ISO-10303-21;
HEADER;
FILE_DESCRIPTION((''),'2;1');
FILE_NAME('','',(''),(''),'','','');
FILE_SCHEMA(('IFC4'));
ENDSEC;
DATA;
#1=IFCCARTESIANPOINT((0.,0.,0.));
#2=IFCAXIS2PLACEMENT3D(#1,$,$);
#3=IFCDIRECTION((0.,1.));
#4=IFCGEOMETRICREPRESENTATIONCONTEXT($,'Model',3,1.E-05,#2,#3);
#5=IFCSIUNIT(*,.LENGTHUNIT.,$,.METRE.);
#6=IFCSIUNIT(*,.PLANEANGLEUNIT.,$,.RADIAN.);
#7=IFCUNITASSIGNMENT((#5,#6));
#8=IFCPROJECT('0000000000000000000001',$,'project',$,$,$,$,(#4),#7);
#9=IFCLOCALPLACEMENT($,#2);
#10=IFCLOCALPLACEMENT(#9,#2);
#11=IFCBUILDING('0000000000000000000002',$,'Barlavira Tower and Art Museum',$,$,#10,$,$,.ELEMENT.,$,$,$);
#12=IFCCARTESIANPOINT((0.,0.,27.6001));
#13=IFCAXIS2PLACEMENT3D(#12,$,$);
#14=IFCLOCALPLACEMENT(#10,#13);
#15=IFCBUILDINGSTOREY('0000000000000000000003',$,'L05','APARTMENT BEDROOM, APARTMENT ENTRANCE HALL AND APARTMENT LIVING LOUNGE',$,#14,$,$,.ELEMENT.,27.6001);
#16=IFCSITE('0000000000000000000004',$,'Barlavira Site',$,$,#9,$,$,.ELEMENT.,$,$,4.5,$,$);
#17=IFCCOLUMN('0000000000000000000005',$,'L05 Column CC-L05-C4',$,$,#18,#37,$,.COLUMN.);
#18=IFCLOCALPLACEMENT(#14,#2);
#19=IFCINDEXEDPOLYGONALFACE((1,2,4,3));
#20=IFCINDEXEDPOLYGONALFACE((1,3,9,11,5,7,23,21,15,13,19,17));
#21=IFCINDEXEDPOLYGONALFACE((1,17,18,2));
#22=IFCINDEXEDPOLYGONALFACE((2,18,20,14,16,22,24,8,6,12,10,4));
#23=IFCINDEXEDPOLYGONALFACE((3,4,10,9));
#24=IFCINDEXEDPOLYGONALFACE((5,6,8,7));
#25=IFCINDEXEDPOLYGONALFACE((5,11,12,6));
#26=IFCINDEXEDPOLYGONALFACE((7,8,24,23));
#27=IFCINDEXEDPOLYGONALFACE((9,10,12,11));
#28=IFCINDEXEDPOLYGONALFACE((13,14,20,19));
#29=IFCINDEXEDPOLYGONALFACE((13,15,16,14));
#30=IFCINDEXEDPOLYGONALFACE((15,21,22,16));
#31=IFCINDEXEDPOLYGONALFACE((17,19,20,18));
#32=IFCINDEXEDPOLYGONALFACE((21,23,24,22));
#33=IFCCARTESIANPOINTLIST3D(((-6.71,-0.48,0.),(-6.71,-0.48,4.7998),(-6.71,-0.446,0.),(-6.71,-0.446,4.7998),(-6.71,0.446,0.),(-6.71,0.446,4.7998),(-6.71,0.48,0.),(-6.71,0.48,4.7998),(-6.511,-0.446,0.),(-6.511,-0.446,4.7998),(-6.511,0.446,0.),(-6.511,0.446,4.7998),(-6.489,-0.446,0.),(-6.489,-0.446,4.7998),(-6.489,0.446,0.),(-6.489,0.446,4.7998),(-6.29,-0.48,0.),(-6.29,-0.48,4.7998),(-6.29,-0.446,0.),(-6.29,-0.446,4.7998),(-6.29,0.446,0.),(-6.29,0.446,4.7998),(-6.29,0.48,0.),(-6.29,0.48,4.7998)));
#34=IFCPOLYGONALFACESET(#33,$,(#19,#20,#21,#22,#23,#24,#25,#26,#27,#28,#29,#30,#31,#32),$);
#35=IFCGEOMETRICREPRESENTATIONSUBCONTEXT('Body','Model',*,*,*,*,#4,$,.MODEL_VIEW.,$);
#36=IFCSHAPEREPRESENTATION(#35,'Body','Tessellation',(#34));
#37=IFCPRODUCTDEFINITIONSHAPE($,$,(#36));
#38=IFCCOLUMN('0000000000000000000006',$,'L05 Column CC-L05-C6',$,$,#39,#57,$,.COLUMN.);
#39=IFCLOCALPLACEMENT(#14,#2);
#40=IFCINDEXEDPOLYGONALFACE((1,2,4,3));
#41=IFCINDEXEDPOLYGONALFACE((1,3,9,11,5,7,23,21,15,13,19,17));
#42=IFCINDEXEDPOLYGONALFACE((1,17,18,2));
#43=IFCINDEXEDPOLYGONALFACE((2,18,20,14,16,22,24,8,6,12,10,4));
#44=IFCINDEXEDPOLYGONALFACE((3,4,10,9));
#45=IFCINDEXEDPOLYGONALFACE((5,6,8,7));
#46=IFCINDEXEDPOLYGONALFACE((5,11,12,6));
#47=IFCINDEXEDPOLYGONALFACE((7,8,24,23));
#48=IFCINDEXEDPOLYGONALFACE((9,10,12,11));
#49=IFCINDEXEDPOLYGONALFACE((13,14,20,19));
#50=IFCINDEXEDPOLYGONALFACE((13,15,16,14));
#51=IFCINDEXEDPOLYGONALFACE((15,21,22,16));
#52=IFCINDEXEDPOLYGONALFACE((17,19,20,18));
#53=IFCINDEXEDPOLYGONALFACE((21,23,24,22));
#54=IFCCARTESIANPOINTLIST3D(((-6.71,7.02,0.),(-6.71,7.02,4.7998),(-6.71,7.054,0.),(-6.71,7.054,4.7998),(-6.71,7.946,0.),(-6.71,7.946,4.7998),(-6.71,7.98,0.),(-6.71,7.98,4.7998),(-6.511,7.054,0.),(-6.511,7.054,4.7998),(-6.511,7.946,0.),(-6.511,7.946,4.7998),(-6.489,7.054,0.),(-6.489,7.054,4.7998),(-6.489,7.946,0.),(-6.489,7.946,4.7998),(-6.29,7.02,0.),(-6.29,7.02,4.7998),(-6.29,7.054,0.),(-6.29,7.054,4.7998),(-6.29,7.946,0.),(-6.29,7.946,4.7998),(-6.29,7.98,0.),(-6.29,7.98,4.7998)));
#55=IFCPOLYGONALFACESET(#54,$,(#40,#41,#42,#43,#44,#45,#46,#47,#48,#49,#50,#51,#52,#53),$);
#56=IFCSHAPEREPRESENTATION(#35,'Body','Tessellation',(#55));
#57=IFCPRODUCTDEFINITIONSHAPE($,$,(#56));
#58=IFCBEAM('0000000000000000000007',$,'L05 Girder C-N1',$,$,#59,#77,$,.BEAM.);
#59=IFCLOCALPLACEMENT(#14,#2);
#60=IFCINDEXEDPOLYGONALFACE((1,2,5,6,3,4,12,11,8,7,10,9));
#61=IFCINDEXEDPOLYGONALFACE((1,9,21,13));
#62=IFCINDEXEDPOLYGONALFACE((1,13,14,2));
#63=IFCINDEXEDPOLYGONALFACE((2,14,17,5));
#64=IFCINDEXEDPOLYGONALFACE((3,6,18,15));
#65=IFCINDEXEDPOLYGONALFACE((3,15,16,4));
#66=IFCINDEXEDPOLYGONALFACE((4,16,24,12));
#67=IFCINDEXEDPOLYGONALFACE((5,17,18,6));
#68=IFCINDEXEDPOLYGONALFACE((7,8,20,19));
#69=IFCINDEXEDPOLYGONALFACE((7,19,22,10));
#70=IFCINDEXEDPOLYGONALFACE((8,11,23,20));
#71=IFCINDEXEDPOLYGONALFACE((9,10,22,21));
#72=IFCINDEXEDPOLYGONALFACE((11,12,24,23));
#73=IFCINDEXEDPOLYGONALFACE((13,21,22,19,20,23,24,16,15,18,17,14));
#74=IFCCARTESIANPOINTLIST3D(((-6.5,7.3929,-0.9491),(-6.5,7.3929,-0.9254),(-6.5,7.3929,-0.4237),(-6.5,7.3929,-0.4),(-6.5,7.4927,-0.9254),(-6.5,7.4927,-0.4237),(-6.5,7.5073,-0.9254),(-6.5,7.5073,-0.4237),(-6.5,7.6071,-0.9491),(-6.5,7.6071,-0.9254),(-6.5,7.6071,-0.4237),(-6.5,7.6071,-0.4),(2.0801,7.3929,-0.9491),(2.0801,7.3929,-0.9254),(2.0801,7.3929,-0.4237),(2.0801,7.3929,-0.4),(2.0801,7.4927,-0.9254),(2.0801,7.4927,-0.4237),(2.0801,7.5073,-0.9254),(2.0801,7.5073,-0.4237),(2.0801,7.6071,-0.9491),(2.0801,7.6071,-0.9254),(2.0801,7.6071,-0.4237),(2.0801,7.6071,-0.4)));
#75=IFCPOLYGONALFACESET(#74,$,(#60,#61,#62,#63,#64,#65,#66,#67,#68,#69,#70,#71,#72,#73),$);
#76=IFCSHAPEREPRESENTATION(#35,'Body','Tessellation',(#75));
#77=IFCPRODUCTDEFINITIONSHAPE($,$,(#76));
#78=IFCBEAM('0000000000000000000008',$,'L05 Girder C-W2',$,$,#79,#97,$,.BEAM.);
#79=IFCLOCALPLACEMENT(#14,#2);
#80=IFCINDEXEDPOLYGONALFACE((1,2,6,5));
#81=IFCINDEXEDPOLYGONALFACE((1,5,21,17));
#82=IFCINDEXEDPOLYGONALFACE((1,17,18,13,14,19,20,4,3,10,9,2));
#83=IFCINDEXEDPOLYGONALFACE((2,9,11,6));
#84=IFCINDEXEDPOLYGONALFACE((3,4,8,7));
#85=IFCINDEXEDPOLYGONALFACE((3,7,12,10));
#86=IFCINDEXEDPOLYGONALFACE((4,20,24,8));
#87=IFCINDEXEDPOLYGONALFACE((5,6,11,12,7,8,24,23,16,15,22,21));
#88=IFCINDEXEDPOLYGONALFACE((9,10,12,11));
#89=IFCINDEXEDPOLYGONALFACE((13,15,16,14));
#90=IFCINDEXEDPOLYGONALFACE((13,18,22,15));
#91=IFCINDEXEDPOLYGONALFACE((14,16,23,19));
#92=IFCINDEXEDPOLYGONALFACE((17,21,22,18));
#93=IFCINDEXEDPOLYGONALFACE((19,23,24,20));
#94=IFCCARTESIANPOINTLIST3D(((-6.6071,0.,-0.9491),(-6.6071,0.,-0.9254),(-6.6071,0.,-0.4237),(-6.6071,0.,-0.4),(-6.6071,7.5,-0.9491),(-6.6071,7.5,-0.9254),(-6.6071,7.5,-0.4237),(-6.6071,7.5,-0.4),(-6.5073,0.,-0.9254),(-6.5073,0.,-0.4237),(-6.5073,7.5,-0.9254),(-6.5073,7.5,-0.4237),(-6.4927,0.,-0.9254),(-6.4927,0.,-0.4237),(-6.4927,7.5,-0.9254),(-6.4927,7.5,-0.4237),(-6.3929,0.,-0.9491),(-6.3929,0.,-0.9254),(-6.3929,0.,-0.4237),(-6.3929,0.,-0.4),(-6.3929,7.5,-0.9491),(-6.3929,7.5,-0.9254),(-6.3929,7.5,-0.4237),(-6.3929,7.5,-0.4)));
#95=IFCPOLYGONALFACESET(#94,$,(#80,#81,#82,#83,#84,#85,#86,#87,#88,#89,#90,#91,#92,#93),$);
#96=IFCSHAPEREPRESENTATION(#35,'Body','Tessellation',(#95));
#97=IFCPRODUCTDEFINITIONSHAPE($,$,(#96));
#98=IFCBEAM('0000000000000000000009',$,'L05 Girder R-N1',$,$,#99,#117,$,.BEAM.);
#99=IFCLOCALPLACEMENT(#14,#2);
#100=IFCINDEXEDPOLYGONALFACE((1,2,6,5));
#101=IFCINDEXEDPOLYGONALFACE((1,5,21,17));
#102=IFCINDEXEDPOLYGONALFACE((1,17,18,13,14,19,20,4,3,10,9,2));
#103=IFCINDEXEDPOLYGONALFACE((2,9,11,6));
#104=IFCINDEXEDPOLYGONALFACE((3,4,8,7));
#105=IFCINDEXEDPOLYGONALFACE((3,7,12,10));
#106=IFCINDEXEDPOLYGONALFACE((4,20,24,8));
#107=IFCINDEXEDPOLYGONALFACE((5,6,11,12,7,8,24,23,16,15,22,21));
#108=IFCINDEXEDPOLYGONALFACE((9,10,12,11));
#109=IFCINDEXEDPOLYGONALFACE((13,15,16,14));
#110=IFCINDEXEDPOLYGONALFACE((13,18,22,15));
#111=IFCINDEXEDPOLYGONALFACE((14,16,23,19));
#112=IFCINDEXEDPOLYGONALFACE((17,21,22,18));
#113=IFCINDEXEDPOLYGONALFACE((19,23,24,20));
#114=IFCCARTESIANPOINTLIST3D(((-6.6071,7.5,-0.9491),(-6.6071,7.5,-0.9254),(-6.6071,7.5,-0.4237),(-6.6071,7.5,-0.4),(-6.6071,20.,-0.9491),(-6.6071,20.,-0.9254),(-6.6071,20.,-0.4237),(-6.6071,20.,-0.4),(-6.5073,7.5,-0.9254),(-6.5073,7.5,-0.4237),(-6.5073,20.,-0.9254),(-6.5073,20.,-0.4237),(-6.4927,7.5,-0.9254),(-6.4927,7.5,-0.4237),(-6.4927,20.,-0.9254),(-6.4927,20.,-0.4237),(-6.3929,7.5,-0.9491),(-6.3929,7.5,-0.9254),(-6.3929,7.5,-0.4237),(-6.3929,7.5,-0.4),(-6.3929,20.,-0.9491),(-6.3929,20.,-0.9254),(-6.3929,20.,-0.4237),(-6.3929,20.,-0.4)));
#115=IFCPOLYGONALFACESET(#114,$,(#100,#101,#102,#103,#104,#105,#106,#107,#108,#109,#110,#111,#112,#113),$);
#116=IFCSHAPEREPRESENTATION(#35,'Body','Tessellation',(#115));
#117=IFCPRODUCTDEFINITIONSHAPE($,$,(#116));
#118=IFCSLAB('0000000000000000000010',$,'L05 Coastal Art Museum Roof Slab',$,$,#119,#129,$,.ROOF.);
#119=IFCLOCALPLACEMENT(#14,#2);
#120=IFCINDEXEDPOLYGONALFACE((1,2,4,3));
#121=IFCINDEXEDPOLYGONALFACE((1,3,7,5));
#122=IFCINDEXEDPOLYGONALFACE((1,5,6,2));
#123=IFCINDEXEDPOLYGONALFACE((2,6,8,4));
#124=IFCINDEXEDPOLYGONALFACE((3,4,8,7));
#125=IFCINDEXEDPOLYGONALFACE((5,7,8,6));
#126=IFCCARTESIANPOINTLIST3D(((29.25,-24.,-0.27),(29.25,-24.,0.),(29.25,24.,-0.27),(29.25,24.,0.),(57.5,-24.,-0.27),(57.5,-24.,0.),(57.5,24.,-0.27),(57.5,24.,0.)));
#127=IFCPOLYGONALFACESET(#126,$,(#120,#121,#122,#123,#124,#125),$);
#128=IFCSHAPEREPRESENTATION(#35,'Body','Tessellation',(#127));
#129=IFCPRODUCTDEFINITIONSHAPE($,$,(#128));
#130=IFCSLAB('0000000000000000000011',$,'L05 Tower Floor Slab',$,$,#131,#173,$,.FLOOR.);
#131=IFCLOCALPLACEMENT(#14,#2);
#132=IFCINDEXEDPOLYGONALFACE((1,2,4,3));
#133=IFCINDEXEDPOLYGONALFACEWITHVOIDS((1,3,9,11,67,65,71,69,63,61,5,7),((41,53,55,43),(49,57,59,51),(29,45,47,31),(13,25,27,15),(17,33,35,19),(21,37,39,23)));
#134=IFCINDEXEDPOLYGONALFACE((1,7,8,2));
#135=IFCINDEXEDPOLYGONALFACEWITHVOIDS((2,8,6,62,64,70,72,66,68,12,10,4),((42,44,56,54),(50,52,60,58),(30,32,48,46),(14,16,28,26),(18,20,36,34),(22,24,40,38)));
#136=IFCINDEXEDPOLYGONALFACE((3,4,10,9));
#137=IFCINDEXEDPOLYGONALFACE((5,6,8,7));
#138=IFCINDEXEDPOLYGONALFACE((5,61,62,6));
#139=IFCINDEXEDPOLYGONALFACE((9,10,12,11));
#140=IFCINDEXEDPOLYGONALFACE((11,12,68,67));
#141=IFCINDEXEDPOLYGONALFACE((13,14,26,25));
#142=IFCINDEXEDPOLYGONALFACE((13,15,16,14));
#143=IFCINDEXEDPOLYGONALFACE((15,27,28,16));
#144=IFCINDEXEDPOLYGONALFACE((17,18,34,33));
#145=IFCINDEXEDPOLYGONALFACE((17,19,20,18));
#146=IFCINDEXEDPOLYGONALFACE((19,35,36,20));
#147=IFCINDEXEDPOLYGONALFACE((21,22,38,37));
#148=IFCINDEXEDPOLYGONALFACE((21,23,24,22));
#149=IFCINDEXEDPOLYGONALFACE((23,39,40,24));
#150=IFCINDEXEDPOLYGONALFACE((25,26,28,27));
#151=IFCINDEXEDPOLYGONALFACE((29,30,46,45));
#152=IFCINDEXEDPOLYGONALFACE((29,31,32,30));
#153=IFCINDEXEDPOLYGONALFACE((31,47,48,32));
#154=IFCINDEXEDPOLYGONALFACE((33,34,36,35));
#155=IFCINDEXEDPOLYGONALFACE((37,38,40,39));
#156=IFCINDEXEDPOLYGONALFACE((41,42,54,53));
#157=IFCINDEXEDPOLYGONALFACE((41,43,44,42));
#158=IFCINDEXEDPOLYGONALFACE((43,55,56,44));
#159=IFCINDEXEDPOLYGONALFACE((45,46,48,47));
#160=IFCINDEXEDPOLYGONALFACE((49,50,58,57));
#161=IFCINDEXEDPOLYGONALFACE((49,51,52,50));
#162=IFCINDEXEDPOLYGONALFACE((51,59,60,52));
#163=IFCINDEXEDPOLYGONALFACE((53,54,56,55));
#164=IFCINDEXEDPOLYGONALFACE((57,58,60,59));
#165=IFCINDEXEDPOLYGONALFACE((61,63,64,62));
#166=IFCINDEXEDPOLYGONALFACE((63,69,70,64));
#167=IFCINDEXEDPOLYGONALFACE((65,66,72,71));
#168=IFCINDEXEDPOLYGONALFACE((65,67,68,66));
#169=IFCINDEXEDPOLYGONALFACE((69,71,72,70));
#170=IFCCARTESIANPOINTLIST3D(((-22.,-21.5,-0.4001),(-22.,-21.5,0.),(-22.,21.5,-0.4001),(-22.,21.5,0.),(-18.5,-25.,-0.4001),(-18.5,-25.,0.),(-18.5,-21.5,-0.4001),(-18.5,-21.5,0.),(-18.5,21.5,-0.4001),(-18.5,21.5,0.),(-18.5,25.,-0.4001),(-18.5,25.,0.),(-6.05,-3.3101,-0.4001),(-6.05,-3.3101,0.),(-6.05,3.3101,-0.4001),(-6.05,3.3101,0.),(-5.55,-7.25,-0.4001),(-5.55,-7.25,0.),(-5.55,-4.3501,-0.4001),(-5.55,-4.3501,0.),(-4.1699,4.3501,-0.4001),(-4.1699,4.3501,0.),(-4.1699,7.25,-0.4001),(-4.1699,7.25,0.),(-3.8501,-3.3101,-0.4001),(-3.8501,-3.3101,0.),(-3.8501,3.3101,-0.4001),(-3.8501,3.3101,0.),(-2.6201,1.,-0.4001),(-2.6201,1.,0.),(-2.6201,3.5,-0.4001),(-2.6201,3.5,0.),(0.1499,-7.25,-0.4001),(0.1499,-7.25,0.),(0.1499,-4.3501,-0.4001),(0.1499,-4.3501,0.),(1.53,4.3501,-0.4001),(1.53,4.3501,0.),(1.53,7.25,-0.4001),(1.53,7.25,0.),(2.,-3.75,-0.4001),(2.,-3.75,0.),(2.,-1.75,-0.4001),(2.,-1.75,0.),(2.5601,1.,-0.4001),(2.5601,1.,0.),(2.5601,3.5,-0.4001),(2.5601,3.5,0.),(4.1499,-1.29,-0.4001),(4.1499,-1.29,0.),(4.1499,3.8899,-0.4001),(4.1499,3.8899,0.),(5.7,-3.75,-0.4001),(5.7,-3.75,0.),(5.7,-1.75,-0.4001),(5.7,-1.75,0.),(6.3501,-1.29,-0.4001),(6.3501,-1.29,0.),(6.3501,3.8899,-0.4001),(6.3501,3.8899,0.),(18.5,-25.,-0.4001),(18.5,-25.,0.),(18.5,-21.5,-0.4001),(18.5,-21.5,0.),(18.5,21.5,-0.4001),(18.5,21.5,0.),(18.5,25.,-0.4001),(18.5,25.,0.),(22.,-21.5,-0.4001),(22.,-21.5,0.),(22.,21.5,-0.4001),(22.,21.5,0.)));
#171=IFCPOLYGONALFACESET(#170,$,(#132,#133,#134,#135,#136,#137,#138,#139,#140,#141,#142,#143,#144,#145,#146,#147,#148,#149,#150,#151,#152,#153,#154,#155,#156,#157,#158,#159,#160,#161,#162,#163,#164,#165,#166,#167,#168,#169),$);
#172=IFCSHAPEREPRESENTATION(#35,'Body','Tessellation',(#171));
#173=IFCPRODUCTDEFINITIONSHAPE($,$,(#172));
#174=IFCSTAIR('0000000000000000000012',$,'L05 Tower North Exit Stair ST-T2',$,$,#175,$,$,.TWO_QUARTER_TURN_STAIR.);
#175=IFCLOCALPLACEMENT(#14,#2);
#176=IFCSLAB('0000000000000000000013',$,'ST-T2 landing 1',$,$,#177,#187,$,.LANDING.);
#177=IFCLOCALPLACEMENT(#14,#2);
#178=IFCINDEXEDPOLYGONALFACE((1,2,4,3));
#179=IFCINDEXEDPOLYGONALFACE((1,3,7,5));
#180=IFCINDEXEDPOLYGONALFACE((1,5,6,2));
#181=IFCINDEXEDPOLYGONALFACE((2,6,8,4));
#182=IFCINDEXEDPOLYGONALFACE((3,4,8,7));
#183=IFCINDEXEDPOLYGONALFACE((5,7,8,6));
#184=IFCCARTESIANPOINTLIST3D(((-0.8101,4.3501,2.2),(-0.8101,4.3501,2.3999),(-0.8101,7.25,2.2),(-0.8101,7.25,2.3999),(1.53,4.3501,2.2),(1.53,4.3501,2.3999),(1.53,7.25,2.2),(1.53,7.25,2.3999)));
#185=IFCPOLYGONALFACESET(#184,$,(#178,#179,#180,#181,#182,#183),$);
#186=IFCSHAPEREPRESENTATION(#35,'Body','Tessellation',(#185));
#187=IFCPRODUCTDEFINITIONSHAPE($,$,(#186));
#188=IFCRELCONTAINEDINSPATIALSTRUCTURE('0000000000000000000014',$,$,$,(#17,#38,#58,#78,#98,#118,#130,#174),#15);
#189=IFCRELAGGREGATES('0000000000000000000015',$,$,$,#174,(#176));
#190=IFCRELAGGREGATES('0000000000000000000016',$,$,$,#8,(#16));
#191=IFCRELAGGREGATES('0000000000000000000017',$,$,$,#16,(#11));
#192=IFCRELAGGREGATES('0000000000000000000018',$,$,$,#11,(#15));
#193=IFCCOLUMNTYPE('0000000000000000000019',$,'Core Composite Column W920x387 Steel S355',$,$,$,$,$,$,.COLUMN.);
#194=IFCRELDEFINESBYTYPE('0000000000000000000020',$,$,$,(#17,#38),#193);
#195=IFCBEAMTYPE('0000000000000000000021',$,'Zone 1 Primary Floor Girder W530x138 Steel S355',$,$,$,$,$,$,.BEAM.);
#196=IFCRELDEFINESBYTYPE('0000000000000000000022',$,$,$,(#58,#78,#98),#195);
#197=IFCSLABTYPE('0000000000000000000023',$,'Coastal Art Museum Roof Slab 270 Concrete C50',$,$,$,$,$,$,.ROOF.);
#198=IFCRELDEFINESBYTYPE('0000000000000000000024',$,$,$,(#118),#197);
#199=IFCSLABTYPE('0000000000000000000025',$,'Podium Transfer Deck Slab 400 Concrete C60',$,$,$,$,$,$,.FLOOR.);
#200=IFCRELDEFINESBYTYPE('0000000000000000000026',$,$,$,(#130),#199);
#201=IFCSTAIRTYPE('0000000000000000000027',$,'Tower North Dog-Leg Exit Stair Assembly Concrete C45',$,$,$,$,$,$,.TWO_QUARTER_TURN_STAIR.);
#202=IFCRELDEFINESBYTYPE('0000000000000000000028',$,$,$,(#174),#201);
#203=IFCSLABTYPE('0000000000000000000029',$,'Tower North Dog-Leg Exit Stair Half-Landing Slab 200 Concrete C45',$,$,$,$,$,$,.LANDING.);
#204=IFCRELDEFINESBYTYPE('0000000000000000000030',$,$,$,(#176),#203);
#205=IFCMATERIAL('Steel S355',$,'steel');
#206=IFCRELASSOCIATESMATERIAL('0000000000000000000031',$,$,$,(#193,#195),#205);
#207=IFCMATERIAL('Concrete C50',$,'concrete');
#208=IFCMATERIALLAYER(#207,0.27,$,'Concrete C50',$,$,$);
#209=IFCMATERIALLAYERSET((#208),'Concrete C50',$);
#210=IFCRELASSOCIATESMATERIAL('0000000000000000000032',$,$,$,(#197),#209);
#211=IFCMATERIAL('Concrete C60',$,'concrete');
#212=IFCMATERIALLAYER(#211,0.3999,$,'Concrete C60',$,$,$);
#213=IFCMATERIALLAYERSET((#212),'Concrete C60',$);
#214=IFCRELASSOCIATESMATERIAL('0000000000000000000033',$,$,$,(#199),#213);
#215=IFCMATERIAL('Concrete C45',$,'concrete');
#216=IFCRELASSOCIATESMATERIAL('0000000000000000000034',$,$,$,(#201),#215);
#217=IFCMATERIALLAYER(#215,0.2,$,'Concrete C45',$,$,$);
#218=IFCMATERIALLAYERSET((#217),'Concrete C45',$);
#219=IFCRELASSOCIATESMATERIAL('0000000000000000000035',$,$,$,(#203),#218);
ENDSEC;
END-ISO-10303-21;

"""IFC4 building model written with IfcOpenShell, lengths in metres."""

from ifc_helpers import new_model, si_unit, direction, frame, origin, origin_2d, place, context, subcontext, project, spatial, polyline, i_section, outline, extrude, material, layer, layer_set, material_profile, profile_set, type_object, element, aggregate, save


model = new_model("IFC4")

# Units and contexts
model_context = context("Model", 3, precision=1e-05, world=origin(), true_north=direction((0.0, 1.0)))
body_context = subcontext(model_context, "Body", "Model", "MODEL_VIEW")
ifc_project = project(units=[si_unit("LENGTHUNIT", "METRE"), si_unit("PLANEANGLEUNIT", "RADIAN")], contexts=[model_context])

# Site, building, storey
site_placement = place(None, origin())
site = spatial("IfcSite", under=ifc_project, at=site_placement, Name="Barlavira Site", CompositionType="ELEMENT", RefElevation=4.5)
building_placement = place(site_placement, origin())
building = spatial("IfcBuilding", under=site, at=building_placement, Name="Barlavira Tower and Art Museum", CompositionType="ELEMENT")
storey_placement = place(building_placement, frame((0.0, 0.0, 27.6001)))
storey = spatial("IfcBuildingStorey", under=building, at=storey_placement, Name="L05", Description="APARTMENT BEDROOM, APARTMENT ENTRANCE HALL AND APARTMENT LIVING LOUNGE", CompositionType="ELEMENT", Elevation=27.6001)

# Columns
ifc_material_1 = material(Name="Steel S355", Category="steel")
ifc_material_profile_1 = material_profile(ifc_material_1, i_section(OverallWidth=0.4199, OverallDepth=0.96, WebThickness=0.022, FlangeThickness=0.0339, at=origin_2d()), Name="W920x387.0")
ifc_profile_set_1 = profile_set([ifc_material_profile_1], Name="Steel S355")
column_type = type_object("IfcColumnType", Name="Core Composite Column W920x387 Steel S355", PredefinedType="COLUMN", material=ifc_profile_set_1)
for number, where, z_axis, x_axis, name in (
    (1, (-6.5, 0.0, 0.0), (0.0, 0.0, 1.0), (1.0, 0.0, 0.0), "L05 Column CC-L05-C4"),
    (2, (-6.5, 7.5, 0.0), (0.0, 0.0, 1.0), (1.0, 0.0, 0.0), "L05 Column CC-L05-C6"),
):
    element("IfcColumn", number, at=place(storey_placement, frame(where, z_axis=z_axis, x_axis=x_axis)), inside=storey, type_object=column_type, Name=name, PredefinedType="COLUMN", context=body_context, shape_type="SweptSolid", body=[
        extrude(i_section(OverallWidth=0.4199, OverallDepth=0.96, WebThickness=0.022, FlangeThickness=0.0339, at=origin_2d()), origin(), (0.0, 0.0, 1.0), 4.7998),
    ])

# Beams
ifc_material_profile_2 = material_profile(ifc_material_1, i_section(OverallWidth=0.2141, OverallDepth=0.5491, WebThickness=0.0146, FlangeThickness=0.0237, at=origin_2d()), Name="W530x138.0")
ifc_profile_set_2 = profile_set([ifc_material_profile_2], Name="Steel S355")
beam_type = type_object("IfcBeamType", Name="Zone 1 Primary Floor Girder W530x138 Steel S355", PredefinedType="BEAM", material=ifc_profile_set_2)
beam_1_placement = place(storey_placement, frame((-6.5, 7.5, -0.6746), z_axis=(1.0, 0.0, 0.0), x_axis=(0.0, 1.0, 0.0)))
element("IfcBeam", 3, at=beam_1_placement, inside=storey, type_object=beam_type, Name="L05 Girder C-N1", PredefinedType="BEAM", context=body_context, shape_type="SweptSolid", body=[
    extrude(i_section(OverallWidth=0.2141, OverallDepth=0.5491, WebThickness=0.0146, FlangeThickness=0.0237, at=origin_2d()), origin(), (0.0, 0.0, 1.0), 8.5801),
])
beam_2_placement = place(storey_placement, frame((-6.5, 0.0, -0.6746), z_axis=(0.0, 1.0, 0.0), x_axis=(-1.0, 0.0, 0.0)))
element("IfcBeam", 4, at=beam_2_placement, inside=storey, type_object=beam_type, Name="L05 Girder C-W2", PredefinedType="BEAM", context=body_context, shape_type="SweptSolid", body=[
    extrude(i_section(OverallWidth=0.2141, OverallDepth=0.5491, WebThickness=0.0146, FlangeThickness=0.0237, at=origin_2d()), origin(), (0.0, 0.0, 1.0), 7.5),
])
beam_3_placement = place(storey_placement, frame((-6.5, 7.5, -0.6746), z_axis=(0.0, 1.0, 0.0), x_axis=(-1.0, 0.0, 0.0)))
element("IfcBeam", 5, at=beam_3_placement, inside=storey, type_object=beam_type, Name="L05 Girder R-N1", PredefinedType="BEAM", context=body_context, shape_type="SweptSolid", body=[
    extrude(i_section(OverallWidth=0.2141, OverallDepth=0.5491, WebThickness=0.0146, FlangeThickness=0.0237, at=origin_2d()), origin(), (0.0, 0.0, 1.0), 12.5),
])

# Slabs
ifc_material_2 = material(Name="Concrete C50", Category="concrete")
ifc_layer_1 = layer(ifc_material_2, 0.27, Name="Concrete C50")
ifc_layer_set_1 = layer_set([ifc_layer_1], Name="Concrete C50")
slab_type_1 = type_object("IfcSlabType", Name="Coastal Art Museum Roof Slab 270 Concrete C50", PredefinedType="ROOF", material=ifc_layer_set_1)
slab_1_placement = place(storey_placement, frame((0.0, 0.0, -0.27)))
element("IfcSlab", 6, at=slab_1_placement, inside=storey, type_object=slab_type_1, Name="L05 Coastal Art Museum Roof Slab", PredefinedType="ROOF", context=body_context, shape_type="SweptSolid", body=[
    extrude(outline(polyline([(29.25, -24.0), (57.5, -24.0), (57.5, 24.0), (29.25, 24.0), (29.25, -24.0)])), origin(), (0.0, 0.0, 1.0), 0.27),
])
ifc_material_3 = material(Name="Concrete C60", Category="concrete")
ifc_layer_2 = layer(ifc_material_3, 0.3999, Name="Concrete C60")
ifc_layer_set_2 = layer_set([ifc_layer_2], Name="Concrete C60")
slab_type_2 = type_object("IfcSlabType", Name="Podium Transfer Deck Slab 400 Concrete C60", PredefinedType="FLOOR", material=ifc_layer_set_2)
slab_2_placement = place(storey_placement, frame((0.0, 0.0, -0.4001)))
element("IfcSlab", 7, at=slab_2_placement, inside=storey, type_object=slab_type_2, Name="L05 Tower Floor Slab", PredefinedType="FLOOR", context=body_context, shape_type="SweptSolid", body=[
    extrude(outline(polyline([(-18.5, -25.0), (18.5, -25.0), (18.5, -21.5), (22.0, -21.5), (22.0, 21.5), (18.5, 21.5), (18.5, 25.0), (-18.5, 25.0), (-18.5, 21.5), (-22.0, 21.5), (-22.0, -21.5), (-18.5, -21.5), (-18.5, -25.0)]), holes=[polyline([(0.1499, -4.3501), (-5.55, -4.3501), (-5.55, -7.25), (0.1499, -7.25), (0.1499, -4.3501)]), polyline([(-4.1699, 4.3501), (1.53, 4.3501), (1.53, 7.25), (-4.1699, 7.25), (-4.1699, 4.3501)]), polyline([(-6.05, -3.3101), (-3.8501, -3.3101), (-3.8501, 3.3101), (-6.05, 3.3101), (-6.05, -3.3101)]), polyline([(4.1499, -1.29), (6.3501, -1.29), (6.3501, 3.8899), (4.1499, 3.8899), (4.1499, -1.29)]), polyline([(-2.6201, 1.0), (2.5601, 1.0), (2.5601, 3.5), (-2.6201, 3.5), (-2.6201, 1.0)]), polyline([(2.0, -3.75), (5.7, -3.75), (5.7, -1.75), (2.0, -1.75), (2.0, -3.75)])]), origin(), (0.0, 0.0, 1.0), 0.4001),
])

# Stair, slab
ifc_material_4 = material(Name="Concrete C45", Category="concrete")
stair_type_1 = type_object("IfcStairType", Name="Tower North Dog-Leg Exit Stair Assembly Concrete C45", PredefinedType="TWO_QUARTER_TURN_STAIR", material=ifc_material_4)
stair_1_placement = place(storey_placement, origin())
stair_1 = element("IfcStair", 8, at=stair_1_placement, inside=storey, type_object=stair_type_1, Name="L05 Tower North Exit Stair ST-T2", PredefinedType="TWO_QUARTER_TURN_STAIR")
ifc_layer_3 = layer(ifc_material_4, 0.2, Name="Concrete C45")
ifc_layer_set_3 = layer_set([ifc_layer_3], Name="Concrete C45")
slab_type_3 = type_object("IfcSlabType", Name="Tower North Dog-Leg Exit Stair Half-Landing Slab 200 Concrete C45", PredefinedType="LANDING", material=ifc_layer_set_3)
slab_3_placement = place(storey_placement, frame((0.0, 0.0, 2.2)))
slab_3 = element("IfcSlab", 9, at=slab_3_placement, type_object=slab_type_3, Name="ST-T2 landing 1", PredefinedType="LANDING", context=body_context, shape_type="SweptSolid", body=[
    extrude(outline(polyline([(-0.8101, 4.3501), (1.53, 4.3501), (1.53, 7.25), (-0.8101, 7.25), (-0.8101, 4.3501)])), origin(), (0.0, 0.0, 1.0), 0.2),
])

aggregate(stair_1, [slab_3])

save(model, "model.ifc")
